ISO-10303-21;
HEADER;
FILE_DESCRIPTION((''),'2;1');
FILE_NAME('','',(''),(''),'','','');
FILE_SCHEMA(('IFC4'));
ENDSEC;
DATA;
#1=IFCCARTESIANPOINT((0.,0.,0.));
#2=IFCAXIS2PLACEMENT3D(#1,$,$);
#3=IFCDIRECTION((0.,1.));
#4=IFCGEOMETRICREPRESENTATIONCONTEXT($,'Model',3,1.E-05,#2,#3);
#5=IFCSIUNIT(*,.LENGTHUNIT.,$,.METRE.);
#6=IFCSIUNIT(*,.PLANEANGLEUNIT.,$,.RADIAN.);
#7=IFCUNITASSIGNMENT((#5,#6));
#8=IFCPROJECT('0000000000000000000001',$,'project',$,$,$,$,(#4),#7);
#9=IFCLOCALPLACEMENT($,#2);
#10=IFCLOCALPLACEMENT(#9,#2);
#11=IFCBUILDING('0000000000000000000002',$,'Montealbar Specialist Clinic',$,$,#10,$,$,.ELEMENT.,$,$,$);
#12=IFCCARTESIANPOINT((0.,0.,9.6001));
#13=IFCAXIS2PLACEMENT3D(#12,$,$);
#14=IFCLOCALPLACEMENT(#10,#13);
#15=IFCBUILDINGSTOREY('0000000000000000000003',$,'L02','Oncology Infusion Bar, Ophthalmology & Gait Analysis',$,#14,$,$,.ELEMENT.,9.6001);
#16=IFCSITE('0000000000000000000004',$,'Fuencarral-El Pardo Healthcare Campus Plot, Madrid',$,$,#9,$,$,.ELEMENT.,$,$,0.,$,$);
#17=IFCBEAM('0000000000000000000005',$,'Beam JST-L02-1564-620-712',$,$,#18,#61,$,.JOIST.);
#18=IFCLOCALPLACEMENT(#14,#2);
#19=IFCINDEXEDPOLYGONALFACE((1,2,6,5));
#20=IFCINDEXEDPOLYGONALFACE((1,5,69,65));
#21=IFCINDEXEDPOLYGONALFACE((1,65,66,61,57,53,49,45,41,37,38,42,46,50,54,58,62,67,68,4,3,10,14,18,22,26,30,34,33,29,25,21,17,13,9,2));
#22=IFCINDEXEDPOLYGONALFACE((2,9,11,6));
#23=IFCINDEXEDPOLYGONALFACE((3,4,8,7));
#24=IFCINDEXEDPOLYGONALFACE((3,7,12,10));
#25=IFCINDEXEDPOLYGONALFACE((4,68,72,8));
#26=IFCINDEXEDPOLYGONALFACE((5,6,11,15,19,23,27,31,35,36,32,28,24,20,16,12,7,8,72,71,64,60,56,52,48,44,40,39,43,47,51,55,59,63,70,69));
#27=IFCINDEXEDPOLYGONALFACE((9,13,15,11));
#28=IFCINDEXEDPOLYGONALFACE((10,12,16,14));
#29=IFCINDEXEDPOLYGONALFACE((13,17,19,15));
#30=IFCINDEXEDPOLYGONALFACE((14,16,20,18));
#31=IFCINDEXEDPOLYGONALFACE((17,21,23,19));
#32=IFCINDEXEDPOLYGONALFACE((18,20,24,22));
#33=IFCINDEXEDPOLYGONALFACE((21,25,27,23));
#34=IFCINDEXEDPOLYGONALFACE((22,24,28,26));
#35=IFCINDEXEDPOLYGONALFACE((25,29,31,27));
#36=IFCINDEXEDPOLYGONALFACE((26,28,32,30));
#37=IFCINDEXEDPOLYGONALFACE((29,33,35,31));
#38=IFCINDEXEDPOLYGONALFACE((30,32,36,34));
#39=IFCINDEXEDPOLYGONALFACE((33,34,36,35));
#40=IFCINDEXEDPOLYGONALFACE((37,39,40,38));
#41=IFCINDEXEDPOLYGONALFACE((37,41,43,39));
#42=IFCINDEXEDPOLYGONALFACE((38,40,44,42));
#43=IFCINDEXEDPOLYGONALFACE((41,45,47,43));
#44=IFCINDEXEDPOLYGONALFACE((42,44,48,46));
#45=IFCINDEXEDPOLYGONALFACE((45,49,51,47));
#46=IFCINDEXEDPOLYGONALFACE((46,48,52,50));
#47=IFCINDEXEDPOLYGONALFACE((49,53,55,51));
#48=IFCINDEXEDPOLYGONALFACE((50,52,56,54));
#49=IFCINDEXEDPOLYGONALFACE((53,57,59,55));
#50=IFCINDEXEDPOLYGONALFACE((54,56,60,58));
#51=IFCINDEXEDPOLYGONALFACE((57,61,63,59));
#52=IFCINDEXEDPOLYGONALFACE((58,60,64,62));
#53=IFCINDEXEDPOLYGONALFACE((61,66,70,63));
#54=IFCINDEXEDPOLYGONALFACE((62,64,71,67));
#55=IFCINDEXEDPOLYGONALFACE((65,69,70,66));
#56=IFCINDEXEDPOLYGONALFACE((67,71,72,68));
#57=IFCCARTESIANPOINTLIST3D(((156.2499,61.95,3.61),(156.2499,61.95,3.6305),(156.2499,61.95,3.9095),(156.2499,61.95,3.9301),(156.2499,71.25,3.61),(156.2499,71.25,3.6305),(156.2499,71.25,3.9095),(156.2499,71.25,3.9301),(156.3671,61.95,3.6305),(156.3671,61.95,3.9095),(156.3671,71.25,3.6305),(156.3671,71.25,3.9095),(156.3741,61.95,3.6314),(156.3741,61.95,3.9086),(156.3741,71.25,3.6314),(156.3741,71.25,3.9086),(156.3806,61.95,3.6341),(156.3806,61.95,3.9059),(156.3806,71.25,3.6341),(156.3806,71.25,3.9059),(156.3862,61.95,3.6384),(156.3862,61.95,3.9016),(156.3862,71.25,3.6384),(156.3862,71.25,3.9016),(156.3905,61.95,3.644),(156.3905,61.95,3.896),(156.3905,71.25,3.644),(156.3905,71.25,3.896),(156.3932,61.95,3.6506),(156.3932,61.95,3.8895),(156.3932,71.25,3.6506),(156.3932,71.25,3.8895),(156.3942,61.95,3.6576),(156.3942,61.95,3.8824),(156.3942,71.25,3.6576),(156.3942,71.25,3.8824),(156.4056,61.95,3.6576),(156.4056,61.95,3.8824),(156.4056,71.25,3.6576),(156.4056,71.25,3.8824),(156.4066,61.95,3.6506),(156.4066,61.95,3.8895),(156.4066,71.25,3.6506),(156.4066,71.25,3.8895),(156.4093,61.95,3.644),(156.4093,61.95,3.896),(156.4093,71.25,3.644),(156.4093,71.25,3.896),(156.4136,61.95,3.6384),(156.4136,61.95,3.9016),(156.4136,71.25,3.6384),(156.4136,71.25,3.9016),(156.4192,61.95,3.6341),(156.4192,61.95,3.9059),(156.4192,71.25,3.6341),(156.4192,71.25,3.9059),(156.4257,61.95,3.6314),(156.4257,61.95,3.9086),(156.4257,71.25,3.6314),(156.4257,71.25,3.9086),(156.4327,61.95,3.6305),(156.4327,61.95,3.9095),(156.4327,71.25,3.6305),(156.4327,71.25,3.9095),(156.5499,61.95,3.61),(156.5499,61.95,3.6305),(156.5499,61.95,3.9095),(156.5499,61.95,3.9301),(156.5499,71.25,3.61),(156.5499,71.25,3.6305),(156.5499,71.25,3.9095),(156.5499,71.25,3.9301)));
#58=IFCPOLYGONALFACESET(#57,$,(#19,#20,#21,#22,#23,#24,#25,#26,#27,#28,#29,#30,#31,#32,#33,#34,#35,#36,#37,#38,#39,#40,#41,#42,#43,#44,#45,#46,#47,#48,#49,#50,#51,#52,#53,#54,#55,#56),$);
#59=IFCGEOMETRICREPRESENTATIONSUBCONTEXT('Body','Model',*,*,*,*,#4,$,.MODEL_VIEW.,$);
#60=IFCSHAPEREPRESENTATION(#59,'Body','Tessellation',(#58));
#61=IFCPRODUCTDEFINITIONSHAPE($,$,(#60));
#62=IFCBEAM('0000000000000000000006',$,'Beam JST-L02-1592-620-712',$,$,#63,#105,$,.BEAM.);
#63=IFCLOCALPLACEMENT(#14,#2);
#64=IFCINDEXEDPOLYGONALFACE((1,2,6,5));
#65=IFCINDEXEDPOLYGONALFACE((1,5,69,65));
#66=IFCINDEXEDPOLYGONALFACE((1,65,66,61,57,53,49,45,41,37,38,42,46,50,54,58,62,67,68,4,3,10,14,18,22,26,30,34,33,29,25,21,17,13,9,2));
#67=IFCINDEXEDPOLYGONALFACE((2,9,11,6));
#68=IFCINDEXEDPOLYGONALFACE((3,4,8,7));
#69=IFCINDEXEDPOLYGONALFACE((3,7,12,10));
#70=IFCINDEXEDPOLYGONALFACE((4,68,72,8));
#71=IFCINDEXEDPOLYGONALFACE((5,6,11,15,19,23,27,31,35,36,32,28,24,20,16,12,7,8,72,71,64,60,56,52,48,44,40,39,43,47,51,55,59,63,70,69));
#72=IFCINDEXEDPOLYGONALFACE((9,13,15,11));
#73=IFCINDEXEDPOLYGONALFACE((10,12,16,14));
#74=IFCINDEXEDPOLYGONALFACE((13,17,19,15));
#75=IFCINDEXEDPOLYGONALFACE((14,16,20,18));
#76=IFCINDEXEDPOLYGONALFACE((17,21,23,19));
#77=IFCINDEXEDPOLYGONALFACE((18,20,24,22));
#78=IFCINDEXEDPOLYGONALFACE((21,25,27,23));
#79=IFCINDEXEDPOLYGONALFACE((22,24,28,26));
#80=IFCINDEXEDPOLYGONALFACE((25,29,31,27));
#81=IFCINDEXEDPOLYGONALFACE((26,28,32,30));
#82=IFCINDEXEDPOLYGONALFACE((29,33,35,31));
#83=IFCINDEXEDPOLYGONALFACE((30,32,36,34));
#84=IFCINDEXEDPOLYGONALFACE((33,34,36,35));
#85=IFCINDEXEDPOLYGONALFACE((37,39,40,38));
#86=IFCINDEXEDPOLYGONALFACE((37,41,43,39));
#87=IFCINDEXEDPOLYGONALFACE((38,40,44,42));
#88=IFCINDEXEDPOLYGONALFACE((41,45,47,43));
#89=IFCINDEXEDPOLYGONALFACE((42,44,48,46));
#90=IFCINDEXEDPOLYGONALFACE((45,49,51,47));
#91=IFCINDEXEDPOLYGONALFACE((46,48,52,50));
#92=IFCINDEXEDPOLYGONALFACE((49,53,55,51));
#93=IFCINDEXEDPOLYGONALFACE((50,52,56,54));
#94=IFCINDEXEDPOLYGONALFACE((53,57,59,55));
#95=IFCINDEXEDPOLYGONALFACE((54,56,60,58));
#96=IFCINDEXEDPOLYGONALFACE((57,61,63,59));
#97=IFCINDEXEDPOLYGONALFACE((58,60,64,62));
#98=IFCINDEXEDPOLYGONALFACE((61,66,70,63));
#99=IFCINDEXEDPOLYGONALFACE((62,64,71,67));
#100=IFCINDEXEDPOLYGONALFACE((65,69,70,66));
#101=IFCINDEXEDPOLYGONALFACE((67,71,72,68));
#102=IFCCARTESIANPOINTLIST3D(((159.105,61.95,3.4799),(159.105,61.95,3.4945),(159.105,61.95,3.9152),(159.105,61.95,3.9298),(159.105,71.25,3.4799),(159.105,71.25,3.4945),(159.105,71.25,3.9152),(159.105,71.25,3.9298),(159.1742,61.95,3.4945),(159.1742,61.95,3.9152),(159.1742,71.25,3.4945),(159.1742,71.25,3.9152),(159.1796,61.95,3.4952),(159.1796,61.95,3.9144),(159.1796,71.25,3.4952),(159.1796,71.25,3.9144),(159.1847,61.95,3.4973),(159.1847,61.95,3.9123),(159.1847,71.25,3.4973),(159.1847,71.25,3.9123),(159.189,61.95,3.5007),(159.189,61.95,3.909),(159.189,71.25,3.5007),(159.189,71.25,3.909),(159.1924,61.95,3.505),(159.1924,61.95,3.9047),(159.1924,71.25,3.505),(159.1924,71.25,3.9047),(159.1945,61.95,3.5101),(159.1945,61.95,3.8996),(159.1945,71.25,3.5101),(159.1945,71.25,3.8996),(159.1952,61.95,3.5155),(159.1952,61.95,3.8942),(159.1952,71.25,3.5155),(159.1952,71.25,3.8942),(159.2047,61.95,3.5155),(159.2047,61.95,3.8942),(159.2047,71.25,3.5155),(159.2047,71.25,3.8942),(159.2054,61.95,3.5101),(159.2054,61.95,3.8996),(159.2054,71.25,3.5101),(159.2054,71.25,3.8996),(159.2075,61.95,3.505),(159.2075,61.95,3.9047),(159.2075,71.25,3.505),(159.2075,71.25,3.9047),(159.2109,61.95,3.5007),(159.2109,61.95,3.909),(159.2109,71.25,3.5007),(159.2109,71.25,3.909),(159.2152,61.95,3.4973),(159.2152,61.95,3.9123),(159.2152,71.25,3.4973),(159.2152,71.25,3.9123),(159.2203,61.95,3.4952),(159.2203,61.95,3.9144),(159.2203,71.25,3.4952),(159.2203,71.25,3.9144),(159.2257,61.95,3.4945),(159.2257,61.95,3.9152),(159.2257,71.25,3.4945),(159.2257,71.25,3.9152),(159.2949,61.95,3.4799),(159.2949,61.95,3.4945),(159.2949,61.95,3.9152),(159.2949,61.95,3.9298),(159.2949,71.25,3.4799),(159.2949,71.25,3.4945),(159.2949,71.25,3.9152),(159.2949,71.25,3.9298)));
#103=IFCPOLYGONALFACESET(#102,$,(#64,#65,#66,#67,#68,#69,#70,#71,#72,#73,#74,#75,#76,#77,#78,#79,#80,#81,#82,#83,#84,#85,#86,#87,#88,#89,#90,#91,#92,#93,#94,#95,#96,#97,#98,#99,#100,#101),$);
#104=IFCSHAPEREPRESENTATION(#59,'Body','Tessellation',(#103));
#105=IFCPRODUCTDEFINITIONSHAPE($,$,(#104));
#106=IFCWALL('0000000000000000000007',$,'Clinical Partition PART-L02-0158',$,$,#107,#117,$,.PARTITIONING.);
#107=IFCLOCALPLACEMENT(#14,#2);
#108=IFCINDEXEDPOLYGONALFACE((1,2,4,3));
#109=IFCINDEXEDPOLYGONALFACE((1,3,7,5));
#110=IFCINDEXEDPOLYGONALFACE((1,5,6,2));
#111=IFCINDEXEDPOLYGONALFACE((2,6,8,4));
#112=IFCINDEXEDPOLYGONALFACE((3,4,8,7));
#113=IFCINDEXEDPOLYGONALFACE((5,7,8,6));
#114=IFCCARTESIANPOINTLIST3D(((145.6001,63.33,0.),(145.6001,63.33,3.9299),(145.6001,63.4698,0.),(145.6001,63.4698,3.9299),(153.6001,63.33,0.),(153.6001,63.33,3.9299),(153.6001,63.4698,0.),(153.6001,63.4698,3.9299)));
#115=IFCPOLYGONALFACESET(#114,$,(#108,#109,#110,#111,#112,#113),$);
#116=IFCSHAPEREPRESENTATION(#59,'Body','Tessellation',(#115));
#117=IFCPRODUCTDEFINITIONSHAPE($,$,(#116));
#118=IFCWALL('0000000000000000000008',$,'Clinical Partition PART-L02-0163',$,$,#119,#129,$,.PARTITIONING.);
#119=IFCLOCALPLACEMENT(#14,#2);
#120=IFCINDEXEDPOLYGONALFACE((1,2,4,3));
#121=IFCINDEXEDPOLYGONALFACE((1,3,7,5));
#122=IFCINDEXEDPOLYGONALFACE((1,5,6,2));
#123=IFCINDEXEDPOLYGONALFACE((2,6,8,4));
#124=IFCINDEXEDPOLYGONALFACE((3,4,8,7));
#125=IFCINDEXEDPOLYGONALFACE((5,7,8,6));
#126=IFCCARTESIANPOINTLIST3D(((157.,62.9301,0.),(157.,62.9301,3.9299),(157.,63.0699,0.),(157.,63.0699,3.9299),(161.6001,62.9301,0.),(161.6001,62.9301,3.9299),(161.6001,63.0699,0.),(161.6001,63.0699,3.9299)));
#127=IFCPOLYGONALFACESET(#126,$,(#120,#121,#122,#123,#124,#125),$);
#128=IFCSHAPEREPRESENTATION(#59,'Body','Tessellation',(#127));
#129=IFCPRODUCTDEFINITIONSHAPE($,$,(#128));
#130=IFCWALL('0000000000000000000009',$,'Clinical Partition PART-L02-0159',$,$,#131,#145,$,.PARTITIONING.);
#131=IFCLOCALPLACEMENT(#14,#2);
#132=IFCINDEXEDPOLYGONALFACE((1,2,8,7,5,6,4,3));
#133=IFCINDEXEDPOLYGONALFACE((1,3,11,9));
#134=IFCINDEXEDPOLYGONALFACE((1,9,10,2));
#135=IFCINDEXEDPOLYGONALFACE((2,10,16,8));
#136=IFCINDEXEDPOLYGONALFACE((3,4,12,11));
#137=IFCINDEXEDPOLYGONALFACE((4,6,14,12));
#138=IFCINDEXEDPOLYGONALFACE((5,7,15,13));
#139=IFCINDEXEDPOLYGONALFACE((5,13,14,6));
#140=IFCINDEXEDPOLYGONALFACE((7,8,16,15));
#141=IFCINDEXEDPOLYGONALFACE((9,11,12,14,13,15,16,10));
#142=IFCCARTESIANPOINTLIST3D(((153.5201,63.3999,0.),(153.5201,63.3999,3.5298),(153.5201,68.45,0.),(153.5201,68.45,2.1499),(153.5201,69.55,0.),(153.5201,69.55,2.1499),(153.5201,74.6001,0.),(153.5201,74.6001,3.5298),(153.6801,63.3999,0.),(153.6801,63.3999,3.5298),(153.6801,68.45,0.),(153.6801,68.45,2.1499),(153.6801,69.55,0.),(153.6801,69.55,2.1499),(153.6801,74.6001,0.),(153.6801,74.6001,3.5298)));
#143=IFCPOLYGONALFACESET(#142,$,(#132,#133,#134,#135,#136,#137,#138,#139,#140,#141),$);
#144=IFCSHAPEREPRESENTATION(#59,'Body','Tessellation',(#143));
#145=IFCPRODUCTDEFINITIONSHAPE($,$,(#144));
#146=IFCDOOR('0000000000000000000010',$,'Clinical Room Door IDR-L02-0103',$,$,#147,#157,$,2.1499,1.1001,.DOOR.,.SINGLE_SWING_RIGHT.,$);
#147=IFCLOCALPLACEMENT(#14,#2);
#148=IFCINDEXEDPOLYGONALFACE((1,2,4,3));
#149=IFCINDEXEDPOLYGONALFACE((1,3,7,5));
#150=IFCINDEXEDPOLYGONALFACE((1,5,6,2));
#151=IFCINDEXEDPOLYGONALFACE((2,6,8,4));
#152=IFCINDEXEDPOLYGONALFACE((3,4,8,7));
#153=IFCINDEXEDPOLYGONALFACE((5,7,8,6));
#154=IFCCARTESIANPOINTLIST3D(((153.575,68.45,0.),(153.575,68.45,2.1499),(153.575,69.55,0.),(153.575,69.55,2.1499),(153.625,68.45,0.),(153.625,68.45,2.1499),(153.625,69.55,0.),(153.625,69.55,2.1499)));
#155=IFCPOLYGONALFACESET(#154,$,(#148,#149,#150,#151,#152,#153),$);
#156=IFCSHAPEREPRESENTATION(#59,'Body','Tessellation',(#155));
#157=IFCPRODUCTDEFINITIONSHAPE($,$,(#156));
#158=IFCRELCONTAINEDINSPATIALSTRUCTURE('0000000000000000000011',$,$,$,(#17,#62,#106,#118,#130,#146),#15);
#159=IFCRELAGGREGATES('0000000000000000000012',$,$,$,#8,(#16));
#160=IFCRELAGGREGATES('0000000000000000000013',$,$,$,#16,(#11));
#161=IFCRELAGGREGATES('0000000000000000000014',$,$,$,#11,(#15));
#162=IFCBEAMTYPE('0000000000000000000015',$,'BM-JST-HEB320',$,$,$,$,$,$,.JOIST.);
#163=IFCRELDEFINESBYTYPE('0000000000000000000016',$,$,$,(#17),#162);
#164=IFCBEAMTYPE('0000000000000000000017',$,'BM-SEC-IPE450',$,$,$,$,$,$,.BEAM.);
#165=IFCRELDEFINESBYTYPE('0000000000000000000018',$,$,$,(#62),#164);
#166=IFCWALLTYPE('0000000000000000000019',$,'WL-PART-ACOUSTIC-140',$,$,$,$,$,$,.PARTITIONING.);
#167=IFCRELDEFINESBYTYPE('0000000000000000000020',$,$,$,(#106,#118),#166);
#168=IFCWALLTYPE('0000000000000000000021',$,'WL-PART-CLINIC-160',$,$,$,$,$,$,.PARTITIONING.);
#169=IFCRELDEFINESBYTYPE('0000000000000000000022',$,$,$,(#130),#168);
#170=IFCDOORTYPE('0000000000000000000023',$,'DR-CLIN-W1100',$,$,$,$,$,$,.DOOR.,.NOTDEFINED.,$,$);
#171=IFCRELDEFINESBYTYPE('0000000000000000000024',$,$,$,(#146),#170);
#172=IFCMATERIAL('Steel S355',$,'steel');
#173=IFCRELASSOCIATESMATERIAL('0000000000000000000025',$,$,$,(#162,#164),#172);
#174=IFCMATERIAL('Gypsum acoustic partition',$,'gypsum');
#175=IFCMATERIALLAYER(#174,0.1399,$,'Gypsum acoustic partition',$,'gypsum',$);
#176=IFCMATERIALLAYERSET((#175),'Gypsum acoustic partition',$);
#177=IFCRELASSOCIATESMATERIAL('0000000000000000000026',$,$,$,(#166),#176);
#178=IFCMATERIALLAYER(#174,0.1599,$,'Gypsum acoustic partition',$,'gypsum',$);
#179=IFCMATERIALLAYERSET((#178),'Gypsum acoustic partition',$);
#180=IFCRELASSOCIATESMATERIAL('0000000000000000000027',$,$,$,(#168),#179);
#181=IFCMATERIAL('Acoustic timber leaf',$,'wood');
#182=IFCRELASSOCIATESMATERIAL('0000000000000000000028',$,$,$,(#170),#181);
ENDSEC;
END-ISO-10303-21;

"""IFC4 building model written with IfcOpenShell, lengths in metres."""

from ifc_helpers import new_model, si_unit, direction, frame, frame_2d, origin, origin_2d, place, context, subcontext, project, spatial, rectangle, i_section, extrude, material, layer, layer_set, material_profile, profile_set, type_object, element, fill, save


model = new_model("IFC4")

# Units and contexts
model_context = context("Model", 3, precision=1e-05, world=origin(), true_north=direction((0.0, 1.0)))
body_context = subcontext(model_context, "Body", "Model", "MODEL_VIEW")
ifc_project = project(units=[si_unit("LENGTHUNIT", "METRE"), si_unit("PLANEANGLEUNIT", "RADIAN")], contexts=[model_context])

# Site, building, storey
site_placement = place(None, origin())
site = spatial("IfcSite", under=ifc_project, at=site_placement, Name="Fuencarral-El Pardo Healthcare Campus Plot, Madrid", CompositionType="ELEMENT", RefElevation=0.0)
building_placement = place(site_placement, origin())
building = spatial("IfcBuilding", under=site, at=building_placement, Name="Montealbar Specialist Clinic", CompositionType="ELEMENT")
storey_placement = place(building_placement, frame((0.0, 0.0, 9.6001)))
storey = spatial("IfcBuildingStorey", under=building, at=storey_placement, Name="L02", Description="Oncology Infusion Bar, Ophthalmology & Gait Analysis", CompositionType="ELEMENT", Elevation=9.6001)

# Shared definitions
ifc_material_1 = material(Name="Steel S355", Category="steel")

# Beams
ifc_material_profile_1 = material_profile(ifc_material_1, i_section(OverallWidth=0.3, OverallDepth=0.3201, WebThickness=0.0115, FlangeThickness=0.0205, FilletRadius=0.0271, at=origin_2d()), Name="HEB 320", Category="steel")
ifc_profile_set_1 = profile_set([ifc_material_profile_1], Name="Steel S355")
beam_type_1 = type_object("IfcBeamType", Name="BM-JST-HEB320", PredefinedType="JOIST", material=ifc_profile_set_1)
beam_1_placement = place(storey_placement, frame((156.3999, 61.95, 3.77), z_axis=(0.0, 1.0, 0.0), x_axis=(-1.0, 0.0, 0.0)))
element("IfcBeam", 1, at=beam_1_placement, inside=storey, type_object=beam_type_1, Name="Beam JST-L02-1564-620-712", PredefinedType="JOIST", context=body_context, shape_type="SweptSolid", body=[
    extrude(i_section(OverallWidth=0.3, OverallDepth=0.3201, WebThickness=0.0115, FlangeThickness=0.0205, FilletRadius=0.0271, at=origin_2d()), origin(), (0.0, 0.0, 1.0), 9.3),
])
ifc_material_profile_2 = material_profile(ifc_material_1, i_section(OverallWidth=0.1899, OverallDepth=0.45, WebThickness=0.0095, FlangeThickness=0.0146, FilletRadius=0.021, at=origin_2d()), Name="IPE 450", Category="steel")
ifc_profile_set_2 = profile_set([ifc_material_profile_2], Name="Steel S355")
beam_type_2 = type_object("IfcBeamType", Name="BM-SEC-IPE450", PredefinedType="BEAM", material=ifc_profile_set_2)
beam_2_placement = place(storey_placement, frame((159.2, 61.95, 3.7048), z_axis=(0.0, 1.0, 0.0), x_axis=(-1.0, 0.0, 0.0)))
element("IfcBeam", 2, at=beam_2_placement, inside=storey, type_object=beam_type_2, Name="Beam JST-L02-1592-620-712", PredefinedType="BEAM", context=body_context, shape_type="SweptSolid", body=[
    extrude(i_section(OverallWidth=0.1899, OverallDepth=0.45, WebThickness=0.0095, FlangeThickness=0.0146, FilletRadius=0.021, at=origin_2d()), origin(), (0.0, 0.0, 1.0), 9.3),
])

# Walls
ifc_material_2 = material(Name="Gypsum acoustic partition", Category="gypsum")
ifc_layer_1 = layer(ifc_material_2, 0.1399, Name="Gypsum acoustic partition", Category="gypsum")
ifc_layer_set_1 = layer_set([ifc_layer_1], Name="Gypsum acoustic partition")
wall_type_1 = type_object("IfcWallType", Name="WL-PART-ACOUSTIC-140", PredefinedType="PARTITIONING", material=ifc_layer_set_1)
wall_1_placement = place(storey_placement, frame((145.6001, 63.3999, 0.0), z_axis=(0.0, 0.0, 1.0), x_axis=(1.0, 0.0, 0.0)))
element("IfcWall", 3, at=wall_1_placement, inside=storey, type_object=wall_type_1, Name="Clinical Partition PART-L02-0158", PredefinedType="PARTITIONING", context=body_context, shape_type="SweptSolid", body=[
    extrude(rectangle(XDim=8.0, YDim=0.1399, at=frame_2d((4.0, 0.0))), origin(), (0.0, 0.0, 1.0), 3.9299),
])
wall_2_placement = place(storey_placement, frame((157.0, 63.0, 0.0), z_axis=(0.0, 0.0, 1.0), x_axis=(1.0, 0.0, 0.0)))
element("IfcWall", 4, at=wall_2_placement, inside=storey, type_object=wall_type_1, Name="Clinical Partition PART-L02-0163", PredefinedType="PARTITIONING", context=body_context, shape_type="SweptSolid", body=[
    extrude(rectangle(XDim=4.6001, YDim=0.1399, at=frame_2d((2.3, 0.0))), origin(), (0.0, 0.0, 1.0), 3.9299),
])

# Wall, opening, door
ifc_layer_2 = layer(ifc_material_2, 0.1599, Name="Gypsum acoustic partition", Category="gypsum")
ifc_layer_set_2 = layer_set([ifc_layer_2], Name="Gypsum acoustic partition")
wall_type_2 = type_object("IfcWallType", Name="WL-PART-CLINIC-160", PredefinedType="PARTITIONING", material=ifc_layer_set_2)
wall_3_placement = place(storey_placement, frame((153.6001, 63.3999, 0.0), z_axis=(0.0, 0.0, 1.0), x_axis=(0.0, 1.0, 0.0)))
wall_3 = element("IfcWall", 5, at=wall_3_placement, inside=storey, type_object=wall_type_2, Name="Clinical Partition PART-L02-0159", PredefinedType="PARTITIONING", context=body_context, shape_type="SweptSolid", body=[
    extrude(rectangle(XDim=11.2002, YDim=0.1599, at=frame_2d((5.6001, 0.0))), origin(), (0.0, 0.0, 1.0), 3.5298),
])
opening_1_placement = place(wall_3_placement, frame((5.05, 0.0, 0.0)))
opening_1 = element("IfcOpeningElement", 6, at=opening_1_placement, cuts=wall_3, PredefinedType="OPENING", context=body_context, shape_type="SweptSolid", body=[
    extrude(rectangle(XDim=1.1001, YDim=2.1499, at=frame_2d((0.55, 1.075))), frame((0.0, 0.0898, 0.0), z_axis=(0.0, -1.0, 0.0), x_axis=(1.0, 0.0, 0.0)), (0.0, 0.0, 1.0), 0.1799),
])
ifc_material_3 = material(Name="Acoustic timber leaf", Category="wood")
door_type = type_object("IfcDoorType", Name="DR-CLIN-W1100", OperationType="NOTDEFINED", PredefinedType="DOOR", material=ifc_material_3)
door_1_placement = place(opening_1_placement, frame((1.1001, 0.0, 0.0), z_axis=(0.0, 0.0, 1.0), x_axis=(-1.0, 0.0, 0.0)))
door_1 = element("IfcDoor", 7, at=door_1_placement, inside=storey, type_object=door_type, Name="Clinical Room Door IDR-L02-0103", OperationType="SINGLE_SWING_RIGHT", OverallHeight=2.1499, OverallWidth=1.1001, PredefinedType="DOOR", context=body_context, shape_type="SweptSolid", body=[
    extrude(rectangle(XDim=1.1001, YDim=2.1499, at=frame_2d((0.55, 1.075))), frame((0.0, 0.0249, 0.0), z_axis=(0.0, -1.0, 0.0), x_axis=(1.0, 0.0, 0.0)), (0.0, 0.0, 1.0), 0.05),
])
fill(opening_1, door_1)

save(model, "model.ifc")
